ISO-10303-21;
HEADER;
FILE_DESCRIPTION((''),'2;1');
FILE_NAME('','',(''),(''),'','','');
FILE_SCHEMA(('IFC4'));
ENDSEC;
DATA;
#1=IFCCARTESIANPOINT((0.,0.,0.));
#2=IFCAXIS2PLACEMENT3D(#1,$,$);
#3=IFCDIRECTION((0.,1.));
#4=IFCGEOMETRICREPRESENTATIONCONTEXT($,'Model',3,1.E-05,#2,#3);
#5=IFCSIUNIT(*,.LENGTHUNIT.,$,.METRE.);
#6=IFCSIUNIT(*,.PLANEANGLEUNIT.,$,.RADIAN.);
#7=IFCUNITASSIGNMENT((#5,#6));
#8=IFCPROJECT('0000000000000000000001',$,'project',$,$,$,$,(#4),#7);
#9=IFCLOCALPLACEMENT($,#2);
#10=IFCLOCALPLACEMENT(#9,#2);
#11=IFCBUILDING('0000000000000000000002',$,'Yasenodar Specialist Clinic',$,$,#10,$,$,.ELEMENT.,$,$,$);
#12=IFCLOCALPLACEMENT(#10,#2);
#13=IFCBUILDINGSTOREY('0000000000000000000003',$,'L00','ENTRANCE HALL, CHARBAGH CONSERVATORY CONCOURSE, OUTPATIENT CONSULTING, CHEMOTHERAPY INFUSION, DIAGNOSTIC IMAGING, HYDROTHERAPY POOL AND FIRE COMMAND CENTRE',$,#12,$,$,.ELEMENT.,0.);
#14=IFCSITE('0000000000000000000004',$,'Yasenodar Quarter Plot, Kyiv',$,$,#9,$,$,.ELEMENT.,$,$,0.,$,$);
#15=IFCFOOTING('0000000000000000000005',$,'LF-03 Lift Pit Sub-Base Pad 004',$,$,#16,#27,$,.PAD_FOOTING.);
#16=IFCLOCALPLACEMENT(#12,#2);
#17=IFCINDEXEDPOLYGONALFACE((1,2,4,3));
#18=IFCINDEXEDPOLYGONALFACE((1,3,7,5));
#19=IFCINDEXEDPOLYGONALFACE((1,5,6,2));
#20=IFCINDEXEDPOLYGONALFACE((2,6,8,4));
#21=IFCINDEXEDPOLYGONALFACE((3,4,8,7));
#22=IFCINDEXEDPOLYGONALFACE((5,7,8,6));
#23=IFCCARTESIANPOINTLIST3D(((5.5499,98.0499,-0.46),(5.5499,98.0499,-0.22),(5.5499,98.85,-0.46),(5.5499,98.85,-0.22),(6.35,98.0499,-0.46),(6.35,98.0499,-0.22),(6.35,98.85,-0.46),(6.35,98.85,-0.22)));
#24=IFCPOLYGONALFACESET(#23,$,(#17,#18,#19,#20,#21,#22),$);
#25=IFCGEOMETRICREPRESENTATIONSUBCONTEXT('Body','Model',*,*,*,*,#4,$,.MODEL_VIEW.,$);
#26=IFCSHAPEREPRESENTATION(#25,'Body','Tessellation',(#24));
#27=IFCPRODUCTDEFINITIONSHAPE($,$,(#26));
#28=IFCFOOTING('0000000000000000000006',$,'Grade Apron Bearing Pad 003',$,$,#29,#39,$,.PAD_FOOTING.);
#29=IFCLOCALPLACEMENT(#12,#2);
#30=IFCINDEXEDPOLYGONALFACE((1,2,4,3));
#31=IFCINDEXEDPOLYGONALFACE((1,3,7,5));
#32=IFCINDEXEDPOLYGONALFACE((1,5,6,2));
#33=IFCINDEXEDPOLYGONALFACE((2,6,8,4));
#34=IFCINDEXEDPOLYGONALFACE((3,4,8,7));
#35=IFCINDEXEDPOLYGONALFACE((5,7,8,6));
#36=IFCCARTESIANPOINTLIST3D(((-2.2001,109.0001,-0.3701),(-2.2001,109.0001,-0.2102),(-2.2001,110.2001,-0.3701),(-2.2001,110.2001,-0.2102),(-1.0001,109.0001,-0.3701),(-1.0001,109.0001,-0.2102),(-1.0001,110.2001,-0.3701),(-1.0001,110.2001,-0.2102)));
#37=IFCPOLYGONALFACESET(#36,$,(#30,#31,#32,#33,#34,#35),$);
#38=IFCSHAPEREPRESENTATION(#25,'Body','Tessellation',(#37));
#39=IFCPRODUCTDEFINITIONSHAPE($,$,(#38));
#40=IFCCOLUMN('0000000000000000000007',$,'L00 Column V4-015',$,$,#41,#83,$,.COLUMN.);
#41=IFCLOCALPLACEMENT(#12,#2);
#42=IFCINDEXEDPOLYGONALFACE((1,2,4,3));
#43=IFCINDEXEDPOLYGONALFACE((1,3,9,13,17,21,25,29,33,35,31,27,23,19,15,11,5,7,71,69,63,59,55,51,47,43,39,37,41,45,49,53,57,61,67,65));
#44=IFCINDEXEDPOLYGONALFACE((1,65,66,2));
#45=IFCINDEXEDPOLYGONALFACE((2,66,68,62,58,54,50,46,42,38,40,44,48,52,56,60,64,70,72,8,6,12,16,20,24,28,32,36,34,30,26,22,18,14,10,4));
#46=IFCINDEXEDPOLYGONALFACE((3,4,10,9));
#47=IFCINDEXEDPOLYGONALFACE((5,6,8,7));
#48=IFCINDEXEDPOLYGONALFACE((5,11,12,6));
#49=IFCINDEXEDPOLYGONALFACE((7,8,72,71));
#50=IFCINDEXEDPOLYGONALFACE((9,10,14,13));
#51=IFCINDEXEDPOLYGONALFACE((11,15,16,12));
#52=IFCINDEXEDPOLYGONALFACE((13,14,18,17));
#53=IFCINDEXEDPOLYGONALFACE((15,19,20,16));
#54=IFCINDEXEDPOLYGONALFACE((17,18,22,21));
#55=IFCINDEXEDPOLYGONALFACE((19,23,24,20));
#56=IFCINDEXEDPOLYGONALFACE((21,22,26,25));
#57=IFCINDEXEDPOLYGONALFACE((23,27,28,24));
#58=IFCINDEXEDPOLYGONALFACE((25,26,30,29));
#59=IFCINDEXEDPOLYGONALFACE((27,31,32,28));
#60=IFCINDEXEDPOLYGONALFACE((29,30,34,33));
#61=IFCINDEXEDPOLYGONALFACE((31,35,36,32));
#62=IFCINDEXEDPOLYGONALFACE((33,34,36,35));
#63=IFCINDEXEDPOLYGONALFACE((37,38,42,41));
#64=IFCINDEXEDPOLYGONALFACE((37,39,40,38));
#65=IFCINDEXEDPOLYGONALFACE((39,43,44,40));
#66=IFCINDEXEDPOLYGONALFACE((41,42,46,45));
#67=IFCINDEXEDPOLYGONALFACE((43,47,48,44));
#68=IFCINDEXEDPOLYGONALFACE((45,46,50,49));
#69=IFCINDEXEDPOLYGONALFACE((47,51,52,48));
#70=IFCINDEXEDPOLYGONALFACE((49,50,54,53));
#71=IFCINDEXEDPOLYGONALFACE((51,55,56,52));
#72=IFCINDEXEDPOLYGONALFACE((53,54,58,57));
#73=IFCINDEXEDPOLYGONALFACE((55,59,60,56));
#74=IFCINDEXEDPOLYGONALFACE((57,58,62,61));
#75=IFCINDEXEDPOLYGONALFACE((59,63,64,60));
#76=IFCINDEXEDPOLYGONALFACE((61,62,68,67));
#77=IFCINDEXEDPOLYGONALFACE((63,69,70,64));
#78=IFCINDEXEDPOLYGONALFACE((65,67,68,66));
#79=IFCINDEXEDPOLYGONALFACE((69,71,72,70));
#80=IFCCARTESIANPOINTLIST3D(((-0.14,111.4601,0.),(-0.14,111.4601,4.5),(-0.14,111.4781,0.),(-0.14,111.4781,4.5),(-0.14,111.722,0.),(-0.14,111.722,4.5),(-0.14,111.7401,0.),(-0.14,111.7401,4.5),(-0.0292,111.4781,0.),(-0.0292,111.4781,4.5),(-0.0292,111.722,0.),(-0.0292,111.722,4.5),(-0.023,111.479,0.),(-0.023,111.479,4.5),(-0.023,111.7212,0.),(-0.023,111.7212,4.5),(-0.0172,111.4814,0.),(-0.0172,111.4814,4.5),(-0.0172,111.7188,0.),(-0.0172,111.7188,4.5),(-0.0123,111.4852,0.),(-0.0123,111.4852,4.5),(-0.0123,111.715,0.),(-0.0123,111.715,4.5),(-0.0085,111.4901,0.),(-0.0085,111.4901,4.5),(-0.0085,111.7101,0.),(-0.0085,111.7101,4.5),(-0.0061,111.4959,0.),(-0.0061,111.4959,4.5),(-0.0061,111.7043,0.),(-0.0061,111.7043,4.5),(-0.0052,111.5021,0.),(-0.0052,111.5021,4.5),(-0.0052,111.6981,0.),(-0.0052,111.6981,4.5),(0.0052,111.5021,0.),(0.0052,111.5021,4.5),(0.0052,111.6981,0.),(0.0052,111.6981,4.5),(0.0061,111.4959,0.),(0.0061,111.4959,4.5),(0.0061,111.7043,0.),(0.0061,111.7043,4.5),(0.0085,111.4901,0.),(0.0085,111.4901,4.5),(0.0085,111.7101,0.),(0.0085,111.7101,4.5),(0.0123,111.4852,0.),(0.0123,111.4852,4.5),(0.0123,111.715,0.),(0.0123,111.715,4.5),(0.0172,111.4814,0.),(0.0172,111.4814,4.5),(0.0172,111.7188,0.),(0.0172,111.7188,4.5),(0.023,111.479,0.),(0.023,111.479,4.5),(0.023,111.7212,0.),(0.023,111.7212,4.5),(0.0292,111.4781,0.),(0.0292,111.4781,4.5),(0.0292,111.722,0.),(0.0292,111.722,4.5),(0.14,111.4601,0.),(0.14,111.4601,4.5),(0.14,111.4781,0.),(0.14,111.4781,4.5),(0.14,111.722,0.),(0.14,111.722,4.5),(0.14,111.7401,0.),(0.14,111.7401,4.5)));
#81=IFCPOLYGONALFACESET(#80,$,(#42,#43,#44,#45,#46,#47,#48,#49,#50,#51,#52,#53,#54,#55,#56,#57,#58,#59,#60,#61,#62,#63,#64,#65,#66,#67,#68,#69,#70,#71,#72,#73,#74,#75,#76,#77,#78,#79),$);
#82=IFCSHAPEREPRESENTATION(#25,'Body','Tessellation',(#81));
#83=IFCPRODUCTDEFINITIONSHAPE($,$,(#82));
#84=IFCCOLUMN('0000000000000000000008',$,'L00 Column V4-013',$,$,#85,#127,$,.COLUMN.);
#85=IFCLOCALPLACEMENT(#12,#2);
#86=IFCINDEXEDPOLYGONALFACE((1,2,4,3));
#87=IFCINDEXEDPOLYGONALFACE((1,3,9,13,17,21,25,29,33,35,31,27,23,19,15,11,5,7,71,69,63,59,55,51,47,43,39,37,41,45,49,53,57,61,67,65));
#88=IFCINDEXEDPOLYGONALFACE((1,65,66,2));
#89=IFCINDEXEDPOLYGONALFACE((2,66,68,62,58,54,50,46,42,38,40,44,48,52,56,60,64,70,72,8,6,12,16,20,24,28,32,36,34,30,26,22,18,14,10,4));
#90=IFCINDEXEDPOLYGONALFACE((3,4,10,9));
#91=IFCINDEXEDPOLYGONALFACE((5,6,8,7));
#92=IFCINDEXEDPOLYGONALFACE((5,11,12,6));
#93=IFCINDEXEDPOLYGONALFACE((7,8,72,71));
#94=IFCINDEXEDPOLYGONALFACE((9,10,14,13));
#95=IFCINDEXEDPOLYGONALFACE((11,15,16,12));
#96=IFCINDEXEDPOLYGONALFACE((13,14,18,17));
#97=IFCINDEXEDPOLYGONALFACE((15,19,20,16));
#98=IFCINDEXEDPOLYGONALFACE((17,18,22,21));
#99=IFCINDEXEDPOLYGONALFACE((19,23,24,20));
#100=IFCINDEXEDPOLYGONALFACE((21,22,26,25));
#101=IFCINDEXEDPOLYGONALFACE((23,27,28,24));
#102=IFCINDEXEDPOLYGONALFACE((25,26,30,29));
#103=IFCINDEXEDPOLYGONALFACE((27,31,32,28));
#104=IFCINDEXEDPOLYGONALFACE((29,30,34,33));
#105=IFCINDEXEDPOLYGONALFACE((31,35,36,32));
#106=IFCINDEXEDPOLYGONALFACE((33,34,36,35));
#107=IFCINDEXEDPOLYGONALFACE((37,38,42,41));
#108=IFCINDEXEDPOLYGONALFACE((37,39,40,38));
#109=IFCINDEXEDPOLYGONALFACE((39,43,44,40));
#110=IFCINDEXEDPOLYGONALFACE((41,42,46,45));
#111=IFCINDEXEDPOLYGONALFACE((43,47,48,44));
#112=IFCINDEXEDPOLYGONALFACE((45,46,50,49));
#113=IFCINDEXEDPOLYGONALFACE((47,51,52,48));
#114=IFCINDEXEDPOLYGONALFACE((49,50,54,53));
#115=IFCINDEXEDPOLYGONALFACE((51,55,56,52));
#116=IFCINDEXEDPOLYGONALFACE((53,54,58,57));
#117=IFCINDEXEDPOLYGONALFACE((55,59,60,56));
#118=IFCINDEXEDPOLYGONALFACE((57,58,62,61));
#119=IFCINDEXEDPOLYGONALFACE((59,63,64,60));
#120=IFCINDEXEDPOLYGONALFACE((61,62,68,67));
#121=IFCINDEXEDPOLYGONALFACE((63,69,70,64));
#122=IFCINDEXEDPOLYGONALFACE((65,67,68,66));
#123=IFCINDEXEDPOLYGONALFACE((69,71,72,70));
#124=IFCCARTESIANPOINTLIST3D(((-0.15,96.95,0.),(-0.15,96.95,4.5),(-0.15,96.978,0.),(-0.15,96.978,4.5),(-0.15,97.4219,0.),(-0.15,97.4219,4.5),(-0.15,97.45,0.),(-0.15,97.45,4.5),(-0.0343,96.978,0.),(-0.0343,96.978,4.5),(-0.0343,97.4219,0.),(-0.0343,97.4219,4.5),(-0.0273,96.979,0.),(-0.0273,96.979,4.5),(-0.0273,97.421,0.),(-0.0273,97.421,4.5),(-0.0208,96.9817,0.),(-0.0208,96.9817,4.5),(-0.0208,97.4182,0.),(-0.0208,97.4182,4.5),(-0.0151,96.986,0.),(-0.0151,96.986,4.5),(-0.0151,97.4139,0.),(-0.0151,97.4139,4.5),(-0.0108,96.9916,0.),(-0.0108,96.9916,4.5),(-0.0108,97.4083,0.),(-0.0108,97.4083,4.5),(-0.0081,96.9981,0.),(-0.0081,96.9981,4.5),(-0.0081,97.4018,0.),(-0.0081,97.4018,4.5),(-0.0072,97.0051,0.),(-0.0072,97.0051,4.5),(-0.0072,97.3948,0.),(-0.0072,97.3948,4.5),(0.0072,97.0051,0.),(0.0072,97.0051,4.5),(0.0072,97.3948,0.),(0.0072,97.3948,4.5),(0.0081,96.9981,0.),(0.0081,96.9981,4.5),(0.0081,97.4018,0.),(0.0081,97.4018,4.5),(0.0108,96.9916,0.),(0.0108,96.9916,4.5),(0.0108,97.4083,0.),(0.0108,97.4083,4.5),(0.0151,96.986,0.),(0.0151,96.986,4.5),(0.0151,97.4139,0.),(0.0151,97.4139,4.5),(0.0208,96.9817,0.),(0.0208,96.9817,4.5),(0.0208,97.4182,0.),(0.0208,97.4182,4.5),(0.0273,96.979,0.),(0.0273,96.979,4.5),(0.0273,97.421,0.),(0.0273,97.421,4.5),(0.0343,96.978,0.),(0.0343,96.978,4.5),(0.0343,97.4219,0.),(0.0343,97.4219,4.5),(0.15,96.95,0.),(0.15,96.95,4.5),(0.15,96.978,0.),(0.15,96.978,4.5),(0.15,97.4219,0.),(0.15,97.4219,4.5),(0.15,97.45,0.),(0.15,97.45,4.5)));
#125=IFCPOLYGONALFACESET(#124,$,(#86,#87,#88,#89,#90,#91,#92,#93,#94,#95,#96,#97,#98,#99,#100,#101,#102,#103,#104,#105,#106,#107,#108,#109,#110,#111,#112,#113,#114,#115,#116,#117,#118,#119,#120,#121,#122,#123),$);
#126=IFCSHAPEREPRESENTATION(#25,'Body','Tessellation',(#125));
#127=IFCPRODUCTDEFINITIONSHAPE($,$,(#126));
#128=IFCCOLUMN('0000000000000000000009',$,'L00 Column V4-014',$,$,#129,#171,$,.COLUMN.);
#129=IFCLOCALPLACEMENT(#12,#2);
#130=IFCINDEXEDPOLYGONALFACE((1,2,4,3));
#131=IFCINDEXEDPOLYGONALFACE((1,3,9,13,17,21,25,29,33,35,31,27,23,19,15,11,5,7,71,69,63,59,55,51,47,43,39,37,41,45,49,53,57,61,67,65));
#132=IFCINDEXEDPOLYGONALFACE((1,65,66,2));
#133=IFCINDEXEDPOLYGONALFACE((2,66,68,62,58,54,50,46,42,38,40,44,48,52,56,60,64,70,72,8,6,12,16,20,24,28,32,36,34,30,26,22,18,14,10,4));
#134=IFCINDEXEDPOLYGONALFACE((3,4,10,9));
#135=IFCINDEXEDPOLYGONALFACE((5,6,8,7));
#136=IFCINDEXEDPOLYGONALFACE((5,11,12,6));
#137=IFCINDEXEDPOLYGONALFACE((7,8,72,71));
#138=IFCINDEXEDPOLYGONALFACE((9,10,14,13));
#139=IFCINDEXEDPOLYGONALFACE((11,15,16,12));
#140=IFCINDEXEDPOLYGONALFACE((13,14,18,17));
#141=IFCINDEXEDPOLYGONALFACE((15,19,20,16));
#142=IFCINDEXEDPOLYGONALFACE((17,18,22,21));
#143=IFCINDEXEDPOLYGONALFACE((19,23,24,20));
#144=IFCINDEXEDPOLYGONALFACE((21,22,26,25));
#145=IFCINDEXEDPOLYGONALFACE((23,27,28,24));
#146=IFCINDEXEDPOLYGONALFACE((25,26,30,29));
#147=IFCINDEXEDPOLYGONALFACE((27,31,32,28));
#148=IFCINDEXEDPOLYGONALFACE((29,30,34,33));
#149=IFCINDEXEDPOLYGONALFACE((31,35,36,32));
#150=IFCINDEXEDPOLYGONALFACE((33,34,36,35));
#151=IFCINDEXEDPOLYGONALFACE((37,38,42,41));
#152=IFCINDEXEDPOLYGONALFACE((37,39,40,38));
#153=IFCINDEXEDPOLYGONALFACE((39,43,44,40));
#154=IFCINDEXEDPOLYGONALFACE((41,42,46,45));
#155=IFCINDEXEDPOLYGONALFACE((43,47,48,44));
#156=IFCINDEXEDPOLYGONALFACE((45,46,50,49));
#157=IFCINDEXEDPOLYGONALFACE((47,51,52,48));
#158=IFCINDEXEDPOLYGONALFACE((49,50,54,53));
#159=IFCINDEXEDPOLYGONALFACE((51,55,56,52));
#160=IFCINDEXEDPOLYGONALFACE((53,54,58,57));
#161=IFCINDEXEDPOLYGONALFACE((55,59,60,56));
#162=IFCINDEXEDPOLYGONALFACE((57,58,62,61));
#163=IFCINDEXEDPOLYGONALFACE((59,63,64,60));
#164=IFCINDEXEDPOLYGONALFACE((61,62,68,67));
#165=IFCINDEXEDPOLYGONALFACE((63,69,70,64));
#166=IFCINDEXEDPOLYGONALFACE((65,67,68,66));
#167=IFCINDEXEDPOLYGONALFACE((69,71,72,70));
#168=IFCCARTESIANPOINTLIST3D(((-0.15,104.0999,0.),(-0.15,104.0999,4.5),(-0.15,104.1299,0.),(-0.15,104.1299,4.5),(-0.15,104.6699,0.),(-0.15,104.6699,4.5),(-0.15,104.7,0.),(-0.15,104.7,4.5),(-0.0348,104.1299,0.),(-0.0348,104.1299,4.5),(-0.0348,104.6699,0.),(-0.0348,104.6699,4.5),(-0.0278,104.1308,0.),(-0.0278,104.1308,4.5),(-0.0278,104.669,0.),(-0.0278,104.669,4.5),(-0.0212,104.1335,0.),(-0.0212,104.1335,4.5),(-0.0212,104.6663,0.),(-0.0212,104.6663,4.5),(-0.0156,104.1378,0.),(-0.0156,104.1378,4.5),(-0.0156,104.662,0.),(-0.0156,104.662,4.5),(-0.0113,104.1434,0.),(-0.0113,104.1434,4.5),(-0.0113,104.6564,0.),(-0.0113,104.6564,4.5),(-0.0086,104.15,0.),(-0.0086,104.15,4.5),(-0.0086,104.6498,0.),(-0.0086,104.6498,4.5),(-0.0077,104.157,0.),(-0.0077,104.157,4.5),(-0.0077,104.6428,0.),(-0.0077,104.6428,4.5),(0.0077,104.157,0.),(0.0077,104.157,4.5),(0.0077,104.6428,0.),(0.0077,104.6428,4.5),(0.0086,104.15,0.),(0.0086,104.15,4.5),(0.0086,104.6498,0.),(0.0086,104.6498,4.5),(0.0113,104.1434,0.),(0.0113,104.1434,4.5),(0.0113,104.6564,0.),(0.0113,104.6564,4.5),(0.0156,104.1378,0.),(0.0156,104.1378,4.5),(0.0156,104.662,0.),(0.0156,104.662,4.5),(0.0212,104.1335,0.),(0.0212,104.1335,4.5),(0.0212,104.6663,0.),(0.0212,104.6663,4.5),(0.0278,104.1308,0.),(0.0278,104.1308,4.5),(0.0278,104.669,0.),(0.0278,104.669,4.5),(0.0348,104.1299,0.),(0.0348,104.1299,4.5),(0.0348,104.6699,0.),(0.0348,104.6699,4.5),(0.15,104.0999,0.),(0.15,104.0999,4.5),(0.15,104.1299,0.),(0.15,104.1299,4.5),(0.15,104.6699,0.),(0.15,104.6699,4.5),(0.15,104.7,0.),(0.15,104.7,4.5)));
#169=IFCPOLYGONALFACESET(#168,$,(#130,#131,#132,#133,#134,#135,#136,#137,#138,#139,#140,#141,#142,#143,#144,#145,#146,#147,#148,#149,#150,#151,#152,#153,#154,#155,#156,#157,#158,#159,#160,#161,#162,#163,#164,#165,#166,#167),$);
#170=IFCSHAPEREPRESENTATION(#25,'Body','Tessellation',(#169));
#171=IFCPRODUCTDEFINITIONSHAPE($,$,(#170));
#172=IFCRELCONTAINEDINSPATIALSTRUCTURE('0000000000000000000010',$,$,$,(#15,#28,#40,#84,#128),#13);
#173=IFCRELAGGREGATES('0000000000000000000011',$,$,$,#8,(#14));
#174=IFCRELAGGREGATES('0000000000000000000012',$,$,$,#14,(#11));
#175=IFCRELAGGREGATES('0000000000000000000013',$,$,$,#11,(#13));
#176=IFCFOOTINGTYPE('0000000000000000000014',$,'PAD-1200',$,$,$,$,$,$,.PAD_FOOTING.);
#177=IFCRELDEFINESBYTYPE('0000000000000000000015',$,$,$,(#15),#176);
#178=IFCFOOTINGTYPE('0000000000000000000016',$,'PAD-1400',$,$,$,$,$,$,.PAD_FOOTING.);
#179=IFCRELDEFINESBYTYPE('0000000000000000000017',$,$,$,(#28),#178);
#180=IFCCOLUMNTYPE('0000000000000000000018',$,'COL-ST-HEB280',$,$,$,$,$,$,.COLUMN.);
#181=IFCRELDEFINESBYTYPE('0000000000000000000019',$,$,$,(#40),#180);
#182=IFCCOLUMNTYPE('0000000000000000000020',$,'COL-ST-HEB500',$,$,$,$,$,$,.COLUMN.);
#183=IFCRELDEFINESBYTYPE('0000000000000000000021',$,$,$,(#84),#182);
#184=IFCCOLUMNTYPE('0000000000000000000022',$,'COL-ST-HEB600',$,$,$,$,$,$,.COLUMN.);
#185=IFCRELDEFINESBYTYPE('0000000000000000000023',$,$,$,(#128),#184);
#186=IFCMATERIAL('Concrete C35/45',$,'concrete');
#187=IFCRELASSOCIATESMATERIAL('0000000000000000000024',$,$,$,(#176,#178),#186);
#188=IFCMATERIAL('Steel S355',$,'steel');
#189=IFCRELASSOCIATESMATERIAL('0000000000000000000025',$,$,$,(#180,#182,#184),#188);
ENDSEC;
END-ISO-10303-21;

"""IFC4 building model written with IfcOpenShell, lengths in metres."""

from ifc_helpers import new_model, si_unit, direction, frame, origin, origin_2d, place, context, subcontext, project, spatial, rectangle, i_section, extrude, material, material_profile, profile_set, type_object, element, save


model = new_model("IFC4")

# Units and contexts
model_context = context("Model", 3, precision=1e-05, world=origin(), true_north=direction((0.0, 1.0)))
body_context = subcontext(model_context, "Body", "Model", "MODEL_VIEW")
ifc_project = project(units=[si_unit("LENGTHUNIT", "METRE"), si_unit("PLANEANGLEUNIT", "RADIAN")], contexts=[model_context])

# Site, building, storey
site_placement = place(None, origin())
site = spatial("IfcSite", under=ifc_project, at=site_placement, Name="Yasenodar Quarter Plot, Kyiv", CompositionType="ELEMENT", RefElevation=0.0)
building_placement = place(site_placement, origin())
building = spatial("IfcBuilding", under=site, at=building_placement, Name="Yasenodar Specialist Clinic", CompositionType="ELEMENT")
storey_placement = place(building_placement, origin())
storey = spatial("IfcBuildingStorey", under=building, at=storey_placement, Name="L00", Description="ENTRANCE HALL, CHARBAGH CONSERVATORY CONCOURSE, OUTPATIENT CONSULTING, CHEMOTHERAPY INFUSION, DIAGNOSTIC IMAGING, HYDROTHERAPY POOL AND FIRE COMMAND CENTRE", CompositionType="ELEMENT", Elevation=0.0)

# Footings
ifc_material_1 = material(Name="Concrete C35/45", Category="concrete")
footing_type_1 = type_object("IfcFootingType", Name="PAD-1200", PredefinedType="PAD_FOOTING", material=ifc_material_1)
footing_1_placement = place(storey_placement, frame((5.95, 98.45, -0.46), z_axis=(0.0, 0.0, 1.0), x_axis=(1.0, 0.0, 0.0)))
element("IfcFooting", 1, at=footing_1_placement, inside=storey, type_object=footing_type_1, Name="LF-03 Lift Pit Sub-Base Pad 004", PredefinedType="PAD_FOOTING", context=body_context, shape_type="SweptSolid", body=[
    extrude(rectangle(XDim=0.8, YDim=0.8, at=origin_2d()), origin(), (0.0, 0.0, 1.0), 0.24),
])
footing_type_2 = type_object("IfcFootingType", Name="PAD-1400", PredefinedType="PAD_FOOTING", material=ifc_material_1)
footing_2_placement = place(storey_placement, frame((-1.6001, 109.6001, -0.3701), z_axis=(0.0, 0.0, 1.0), x_axis=(1.0, 0.0, 0.0)))
element("IfcFooting", 2, at=footing_2_placement, inside=storey, type_object=footing_type_2, Name="Grade Apron Bearing Pad 003", PredefinedType="PAD_FOOTING", context=body_context, shape_type="SweptSolid", body=[
    extrude(rectangle(XDim=1.2, YDim=1.2, at=origin_2d()), origin(), (0.0, 0.0, 1.0), 0.1599),
])

# Columns
ifc_material_2 = material(Name="Steel S355", Category="steel")
ifc_material_profile_1 = material_profile(ifc_material_2, i_section(OverallWidth=0.28, OverallDepth=0.28, WebThickness=0.0105, FlangeThickness=0.0181, FilletRadius=0.0239, at=origin_2d()), Name="HEB 280")
ifc_profile_set_1 = profile_set([ifc_material_profile_1], Name="Steel S355")
column_type_1 = type_object("IfcColumnType", Name="COL-ST-HEB280", PredefinedType="COLUMN", material=ifc_profile_set_1)
column_1_placement = place(storey_placement, frame((0.0, 111.6001, 0.0), z_axis=(0.0, 0.0, 1.0), x_axis=(1.0, 0.0, 0.0)))
element("IfcColumn", 3, at=column_1_placement, inside=storey, type_object=column_type_1, Name="L00 Column V4-015", PredefinedType="COLUMN", context=body_context, shape_type="SweptSolid", body=[
    extrude(i_section(OverallWidth=0.28, OverallDepth=0.28, WebThickness=0.0105, FlangeThickness=0.0181, FilletRadius=0.0239, at=origin_2d()), origin(), (0.0, 0.0, 1.0), 4.5),
])
ifc_material_profile_2 = material_profile(ifc_material_2, i_section(OverallWidth=0.3, OverallDepth=0.5, WebThickness=0.0144, FlangeThickness=0.0281, FilletRadius=0.0271, at=origin_2d()), Name="HEB 500")
ifc_profile_set_2 = profile_set([ifc_material_profile_2], Name="Steel S355")
column_type_2 = type_object("IfcColumnType", Name="COL-ST-HEB500", PredefinedType="COLUMN", material=ifc_profile_set_2)
column_2_placement = place(storey_placement, frame((0.0, 97.2, 0.0), z_axis=(0.0, 0.0, 1.0), x_axis=(1.0, 0.0, 0.0)))
element("IfcColumn", 4, at=column_2_placement, inside=storey, type_object=column_type_2, Name="L00 Column V4-013", PredefinedType="COLUMN", context=body_context, shape_type="SweptSolid", body=[
    extrude(i_section(OverallWidth=0.3, OverallDepth=0.5, WebThickness=0.0144, FlangeThickness=0.0281, FilletRadius=0.0271, at=origin_2d()), origin(), (0.0, 0.0, 1.0), 4.5),
])
ifc_material_profile_3 = material_profile(ifc_material_2, i_section(OverallWidth=0.3, OverallDepth=0.6001, WebThickness=0.0154, FlangeThickness=0.03, FilletRadius=0.0271, at=origin_2d()), Name="HEB 600")
ifc_profile_set_3 = profile_set([ifc_material_profile_3], Name="Steel S355")
column_type_3 = type_object("IfcColumnType", Name="COL-ST-HEB600", PredefinedType="COLUMN", material=ifc_profile_set_3)
column_3_placement = place(storey_placement, frame((0.0, 104.3999, 0.0), z_axis=(0.0, 0.0, 1.0), x_axis=(1.0, 0.0, 0.0)))
element("IfcColumn", 5, at=column_3_placement, inside=storey, type_object=column_type_3, Name="L00 Column V4-014", PredefinedType="COLUMN", context=body_context, shape_type="SweptSolid", body=[
    extrude(i_section(OverallWidth=0.3, OverallDepth=0.6001, WebThickness=0.0154, FlangeThickness=0.03, FilletRadius=0.0271, at=origin_2d()), origin(), (0.0, 0.0, 1.0), 4.5),
])

save(model, "model.ifc")
